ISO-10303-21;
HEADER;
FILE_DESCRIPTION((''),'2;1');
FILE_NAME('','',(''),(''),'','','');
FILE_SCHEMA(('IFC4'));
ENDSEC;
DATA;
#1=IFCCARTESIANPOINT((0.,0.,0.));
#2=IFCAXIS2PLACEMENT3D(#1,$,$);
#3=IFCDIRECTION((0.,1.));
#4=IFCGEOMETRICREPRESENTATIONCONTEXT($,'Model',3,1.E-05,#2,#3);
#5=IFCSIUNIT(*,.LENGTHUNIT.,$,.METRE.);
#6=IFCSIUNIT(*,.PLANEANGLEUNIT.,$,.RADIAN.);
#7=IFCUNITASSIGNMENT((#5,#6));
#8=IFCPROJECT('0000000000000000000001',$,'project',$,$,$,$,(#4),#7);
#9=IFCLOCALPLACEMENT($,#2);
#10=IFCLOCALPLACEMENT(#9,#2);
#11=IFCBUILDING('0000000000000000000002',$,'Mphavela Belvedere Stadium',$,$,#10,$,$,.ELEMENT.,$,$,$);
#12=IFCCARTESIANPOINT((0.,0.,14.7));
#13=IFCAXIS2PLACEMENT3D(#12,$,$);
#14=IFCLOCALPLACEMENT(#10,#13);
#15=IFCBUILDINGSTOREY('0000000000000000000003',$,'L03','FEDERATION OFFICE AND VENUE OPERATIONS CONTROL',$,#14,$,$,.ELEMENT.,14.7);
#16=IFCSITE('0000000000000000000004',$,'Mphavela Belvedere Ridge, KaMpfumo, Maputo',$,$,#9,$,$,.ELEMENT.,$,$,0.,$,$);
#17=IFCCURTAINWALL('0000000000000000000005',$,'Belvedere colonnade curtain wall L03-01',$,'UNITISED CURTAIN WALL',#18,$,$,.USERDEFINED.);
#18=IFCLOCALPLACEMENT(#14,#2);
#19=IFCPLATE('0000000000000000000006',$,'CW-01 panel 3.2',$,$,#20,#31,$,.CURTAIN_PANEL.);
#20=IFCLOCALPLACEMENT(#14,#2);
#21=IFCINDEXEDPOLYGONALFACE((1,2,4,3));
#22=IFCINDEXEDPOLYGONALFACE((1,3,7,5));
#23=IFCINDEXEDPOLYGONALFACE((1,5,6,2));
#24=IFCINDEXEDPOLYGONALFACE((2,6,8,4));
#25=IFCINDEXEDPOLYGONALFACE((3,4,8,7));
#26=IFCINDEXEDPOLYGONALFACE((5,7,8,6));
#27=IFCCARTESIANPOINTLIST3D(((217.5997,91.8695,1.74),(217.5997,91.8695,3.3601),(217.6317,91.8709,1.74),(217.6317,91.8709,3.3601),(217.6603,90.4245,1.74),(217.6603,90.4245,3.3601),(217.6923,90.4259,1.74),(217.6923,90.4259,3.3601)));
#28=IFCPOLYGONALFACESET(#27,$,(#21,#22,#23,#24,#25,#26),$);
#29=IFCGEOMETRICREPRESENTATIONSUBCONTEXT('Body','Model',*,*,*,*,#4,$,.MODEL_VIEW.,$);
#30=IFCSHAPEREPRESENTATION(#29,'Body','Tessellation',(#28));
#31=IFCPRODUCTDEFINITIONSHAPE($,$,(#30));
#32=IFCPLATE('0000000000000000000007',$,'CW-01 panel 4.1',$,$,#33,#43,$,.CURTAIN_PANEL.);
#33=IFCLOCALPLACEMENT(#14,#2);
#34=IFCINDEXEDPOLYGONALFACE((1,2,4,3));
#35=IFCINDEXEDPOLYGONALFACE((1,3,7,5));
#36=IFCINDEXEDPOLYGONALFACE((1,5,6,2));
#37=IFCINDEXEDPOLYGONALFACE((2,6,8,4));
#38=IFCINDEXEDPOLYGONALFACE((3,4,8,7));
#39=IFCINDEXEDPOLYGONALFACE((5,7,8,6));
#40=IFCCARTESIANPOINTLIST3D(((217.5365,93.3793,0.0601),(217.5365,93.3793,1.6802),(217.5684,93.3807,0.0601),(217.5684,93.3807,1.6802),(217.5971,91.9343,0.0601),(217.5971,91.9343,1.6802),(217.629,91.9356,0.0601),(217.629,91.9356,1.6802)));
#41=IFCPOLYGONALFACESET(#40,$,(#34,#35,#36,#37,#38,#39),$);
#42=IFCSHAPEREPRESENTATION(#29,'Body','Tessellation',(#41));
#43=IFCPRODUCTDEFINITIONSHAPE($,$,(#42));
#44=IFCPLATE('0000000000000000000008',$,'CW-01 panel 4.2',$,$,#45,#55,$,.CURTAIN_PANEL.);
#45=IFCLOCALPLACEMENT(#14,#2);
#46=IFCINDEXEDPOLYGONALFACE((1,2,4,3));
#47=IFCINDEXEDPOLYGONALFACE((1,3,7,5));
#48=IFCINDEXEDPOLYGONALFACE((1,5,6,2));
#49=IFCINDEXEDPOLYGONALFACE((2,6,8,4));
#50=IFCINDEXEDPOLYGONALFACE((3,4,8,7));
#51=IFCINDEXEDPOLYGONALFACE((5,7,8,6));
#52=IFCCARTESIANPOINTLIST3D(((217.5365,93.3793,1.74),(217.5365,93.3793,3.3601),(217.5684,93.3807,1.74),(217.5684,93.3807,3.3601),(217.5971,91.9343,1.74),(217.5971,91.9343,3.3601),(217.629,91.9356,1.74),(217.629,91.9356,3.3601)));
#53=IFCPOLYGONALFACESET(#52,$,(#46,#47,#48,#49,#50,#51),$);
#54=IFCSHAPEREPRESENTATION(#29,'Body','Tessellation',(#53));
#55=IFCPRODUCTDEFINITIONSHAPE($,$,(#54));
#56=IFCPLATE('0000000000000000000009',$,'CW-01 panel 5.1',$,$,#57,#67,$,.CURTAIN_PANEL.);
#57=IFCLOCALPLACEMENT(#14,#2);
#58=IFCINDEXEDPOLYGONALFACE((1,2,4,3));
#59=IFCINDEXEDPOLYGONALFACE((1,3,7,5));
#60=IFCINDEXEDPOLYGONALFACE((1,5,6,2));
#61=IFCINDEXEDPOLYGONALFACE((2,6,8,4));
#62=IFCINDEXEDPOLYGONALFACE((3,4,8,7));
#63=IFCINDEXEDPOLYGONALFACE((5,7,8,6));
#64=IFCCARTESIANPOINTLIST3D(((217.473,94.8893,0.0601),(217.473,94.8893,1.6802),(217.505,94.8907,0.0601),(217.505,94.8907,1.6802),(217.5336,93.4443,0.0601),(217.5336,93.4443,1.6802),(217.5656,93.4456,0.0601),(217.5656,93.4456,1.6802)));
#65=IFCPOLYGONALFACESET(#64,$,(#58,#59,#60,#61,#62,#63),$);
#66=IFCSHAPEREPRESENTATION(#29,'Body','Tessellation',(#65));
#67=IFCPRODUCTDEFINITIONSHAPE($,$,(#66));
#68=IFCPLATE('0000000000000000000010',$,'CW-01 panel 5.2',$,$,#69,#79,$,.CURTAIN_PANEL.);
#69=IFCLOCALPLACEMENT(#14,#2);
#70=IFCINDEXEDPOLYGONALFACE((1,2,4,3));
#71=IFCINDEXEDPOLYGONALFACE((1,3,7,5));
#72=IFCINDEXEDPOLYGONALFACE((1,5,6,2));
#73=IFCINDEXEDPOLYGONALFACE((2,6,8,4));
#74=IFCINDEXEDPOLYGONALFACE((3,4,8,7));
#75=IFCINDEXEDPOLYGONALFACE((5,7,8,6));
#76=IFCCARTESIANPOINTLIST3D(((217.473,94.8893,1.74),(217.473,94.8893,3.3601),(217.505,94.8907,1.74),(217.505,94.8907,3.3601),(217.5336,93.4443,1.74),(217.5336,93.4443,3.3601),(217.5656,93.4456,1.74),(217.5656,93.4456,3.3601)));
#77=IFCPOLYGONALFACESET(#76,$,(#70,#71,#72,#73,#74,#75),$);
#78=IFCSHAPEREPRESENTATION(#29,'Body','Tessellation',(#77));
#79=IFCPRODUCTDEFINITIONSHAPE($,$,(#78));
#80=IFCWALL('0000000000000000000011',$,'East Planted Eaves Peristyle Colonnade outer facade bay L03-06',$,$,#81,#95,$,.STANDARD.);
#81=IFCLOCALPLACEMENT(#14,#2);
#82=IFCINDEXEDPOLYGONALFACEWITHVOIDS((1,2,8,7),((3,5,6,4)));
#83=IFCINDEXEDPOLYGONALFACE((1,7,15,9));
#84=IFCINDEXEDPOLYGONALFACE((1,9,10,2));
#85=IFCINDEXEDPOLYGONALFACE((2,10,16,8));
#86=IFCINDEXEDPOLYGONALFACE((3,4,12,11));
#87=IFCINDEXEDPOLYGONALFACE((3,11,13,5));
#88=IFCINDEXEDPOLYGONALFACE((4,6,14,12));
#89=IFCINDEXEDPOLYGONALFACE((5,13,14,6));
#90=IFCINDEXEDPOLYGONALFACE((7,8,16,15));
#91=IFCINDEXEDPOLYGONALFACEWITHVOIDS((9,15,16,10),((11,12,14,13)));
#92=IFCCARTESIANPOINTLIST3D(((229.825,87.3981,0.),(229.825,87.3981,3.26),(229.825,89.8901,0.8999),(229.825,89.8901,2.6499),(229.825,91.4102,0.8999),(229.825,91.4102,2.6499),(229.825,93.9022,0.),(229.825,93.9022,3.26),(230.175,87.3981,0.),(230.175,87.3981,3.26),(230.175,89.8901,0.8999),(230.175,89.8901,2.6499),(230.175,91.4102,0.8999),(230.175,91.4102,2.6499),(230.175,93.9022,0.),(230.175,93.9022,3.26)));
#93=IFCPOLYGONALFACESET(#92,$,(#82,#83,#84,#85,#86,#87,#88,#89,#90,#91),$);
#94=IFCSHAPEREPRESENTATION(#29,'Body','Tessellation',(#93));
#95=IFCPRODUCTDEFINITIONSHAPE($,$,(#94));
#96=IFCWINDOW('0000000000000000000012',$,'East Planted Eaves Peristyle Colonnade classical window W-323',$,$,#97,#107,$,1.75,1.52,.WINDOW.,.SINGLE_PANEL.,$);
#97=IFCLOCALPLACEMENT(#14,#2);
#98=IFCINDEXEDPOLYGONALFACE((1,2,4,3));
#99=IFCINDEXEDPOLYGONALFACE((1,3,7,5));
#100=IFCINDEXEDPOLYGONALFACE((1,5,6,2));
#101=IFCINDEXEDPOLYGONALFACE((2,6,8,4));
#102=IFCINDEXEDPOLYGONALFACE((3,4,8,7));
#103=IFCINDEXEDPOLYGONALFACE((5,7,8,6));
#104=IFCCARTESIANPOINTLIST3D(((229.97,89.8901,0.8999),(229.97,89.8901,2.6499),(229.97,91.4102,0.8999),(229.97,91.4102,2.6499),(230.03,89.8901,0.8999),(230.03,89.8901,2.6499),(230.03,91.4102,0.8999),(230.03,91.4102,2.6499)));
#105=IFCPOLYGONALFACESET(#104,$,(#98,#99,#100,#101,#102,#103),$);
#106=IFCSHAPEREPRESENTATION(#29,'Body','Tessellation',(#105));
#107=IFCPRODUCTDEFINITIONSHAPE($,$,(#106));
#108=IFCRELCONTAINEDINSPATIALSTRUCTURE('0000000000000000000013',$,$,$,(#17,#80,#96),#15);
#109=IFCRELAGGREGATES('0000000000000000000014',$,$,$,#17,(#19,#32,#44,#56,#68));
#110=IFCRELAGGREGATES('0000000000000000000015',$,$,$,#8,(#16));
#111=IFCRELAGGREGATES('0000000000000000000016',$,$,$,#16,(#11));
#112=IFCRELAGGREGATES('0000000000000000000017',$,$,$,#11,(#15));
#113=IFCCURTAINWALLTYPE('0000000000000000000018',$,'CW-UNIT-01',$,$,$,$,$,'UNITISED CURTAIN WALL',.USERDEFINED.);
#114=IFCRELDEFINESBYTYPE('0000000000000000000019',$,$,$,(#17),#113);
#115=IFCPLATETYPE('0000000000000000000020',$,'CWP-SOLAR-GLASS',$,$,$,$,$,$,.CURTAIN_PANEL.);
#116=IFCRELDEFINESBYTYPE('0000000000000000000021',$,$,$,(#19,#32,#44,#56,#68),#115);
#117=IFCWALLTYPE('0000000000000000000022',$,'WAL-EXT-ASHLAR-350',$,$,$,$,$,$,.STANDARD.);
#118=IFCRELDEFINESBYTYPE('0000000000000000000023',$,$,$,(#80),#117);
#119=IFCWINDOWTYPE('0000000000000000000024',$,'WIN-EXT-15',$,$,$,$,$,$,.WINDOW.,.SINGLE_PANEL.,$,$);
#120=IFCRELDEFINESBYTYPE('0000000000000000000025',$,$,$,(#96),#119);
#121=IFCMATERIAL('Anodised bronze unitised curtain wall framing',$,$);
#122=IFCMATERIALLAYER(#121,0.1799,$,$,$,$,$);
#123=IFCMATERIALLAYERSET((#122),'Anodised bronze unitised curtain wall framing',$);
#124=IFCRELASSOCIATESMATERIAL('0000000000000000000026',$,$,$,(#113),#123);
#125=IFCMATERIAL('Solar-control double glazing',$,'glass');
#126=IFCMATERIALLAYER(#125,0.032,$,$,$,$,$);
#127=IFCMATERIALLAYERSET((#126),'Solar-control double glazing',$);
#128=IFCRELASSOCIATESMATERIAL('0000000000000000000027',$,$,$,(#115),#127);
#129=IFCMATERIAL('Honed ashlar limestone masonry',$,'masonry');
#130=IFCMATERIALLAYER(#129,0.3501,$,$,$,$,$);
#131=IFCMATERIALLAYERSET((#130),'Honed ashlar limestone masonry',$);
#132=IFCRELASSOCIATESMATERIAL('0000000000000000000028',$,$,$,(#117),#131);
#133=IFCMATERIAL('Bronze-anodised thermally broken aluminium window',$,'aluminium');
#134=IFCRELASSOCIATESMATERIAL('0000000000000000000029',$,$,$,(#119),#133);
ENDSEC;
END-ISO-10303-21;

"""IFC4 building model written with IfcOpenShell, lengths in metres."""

from ifc_helpers import new_model, si_unit, direction, frame, frame_2d, origin, origin_2d, place, context, subcontext, project, spatial, rectangle, extrude, material, layer, layer_set, type_object, element, fill, aggregate, save


model = new_model("IFC4")

# Units and contexts
model_context = context("Model", 3, precision=1e-05, world=origin(), true_north=direction((0.0, 1.0)))
body_context = subcontext(model_context, "Body", "Model", "MODEL_VIEW")
ifc_project = project(units=[si_unit("LENGTHUNIT", "METRE"), si_unit("PLANEANGLEUNIT", "RADIAN")], contexts=[model_context])

# Site, building, storey
site_placement = place(None, origin())
site = spatial("IfcSite", under=ifc_project, at=site_placement, Name="Mphavela Belvedere Ridge, KaMpfumo, Maputo", CompositionType="ELEMENT", RefElevation=0.0)
building_placement = place(site_placement, origin())
building = spatial("IfcBuilding", under=site, at=building_placement, Name="Mphavela Belvedere Stadium", CompositionType="ELEMENT")
storey_placement = place(building_placement, frame((0.0, 0.0, 14.7)))
storey = spatial("IfcBuildingStorey", under=building, at=storey_placement, Name="L03", Description="FEDERATION OFFICE AND VENUE OPERATIONS CONTROL", CompositionType="ELEMENT", Elevation=14.7)

# Curtain wall, plates
ifc_material_1 = material(Name="Anodised bronze unitised curtain wall framing")
ifc_layer_1 = layer(ifc_material_1, 0.1799)
ifc_layer_set_1 = layer_set([ifc_layer_1], Name="Anodised bronze unitised curtain wall framing")
curtain_wall_type = type_object("IfcCurtainWallType", Name="CW-UNIT-01", ElementType="UNITISED CURTAIN WALL", PredefinedType="USERDEFINED", material=ifc_layer_set_1)
curtain_wall_placement = place(storey_placement, origin())
curtain_wall = element("IfcCurtainWall", 1, at=curtain_wall_placement, inside=storey, type_object=curtain_wall_type, Name="Belvedere colonnade curtain wall L03-01", ObjectType="UNITISED CURTAIN WALL", PredefinedType="USERDEFINED")
ifc_material_2 = material(Name="Solar-control double glazing", Category="glass")
ifc_layer_2 = layer(ifc_material_2, 0.032)
ifc_layer_set_2 = layer_set([ifc_layer_2], Name="Solar-control double glazing")
plate_type = type_object("IfcPlateType", Name="CWP-SOLAR-GLASS", PredefinedType="CURTAIN_PANEL", material=ifc_layer_set_2)
plate_1_placement = place(storey_placement, frame((217.646, 91.1477, 1.74), z_axis=(0.0, 0.0, 1.0), x_axis=(-0.041911, 0.999121, 0.0)))
plate_1 = element("IfcPlate", 2, at=plate_1_placement, type_object=plate_type, Name="CW-01 panel 3.2", PredefinedType="CURTAIN_PANEL", context=body_context, shape_type="SweptSolid", body=[
    extrude(rectangle(XDim=1.4463, YDim=0.032, at=origin_2d()), origin(), (0.0, 0.0, 1.0), 1.6201),
])
plate_2_placement = place(storey_placement, frame((217.5828, 92.6575, 0.0601), z_axis=(0.0, 0.0, 1.0), x_axis=(-0.041911, 0.999121, 0.0)))
plate_2 = element("IfcPlate", 3, at=plate_2_placement, type_object=plate_type, Name="CW-01 panel 4.1", PredefinedType="CURTAIN_PANEL", context=body_context, shape_type="SweptSolid", body=[
    extrude(rectangle(XDim=1.4463, YDim=0.032, at=origin_2d()), origin(), (0.0, 0.0, 1.0), 1.6201),
])
plate_3_placement = place(storey_placement, frame((217.5828, 92.6575, 1.74), z_axis=(0.0, 0.0, 1.0), x_axis=(-0.041911, 0.999121, 0.0)))
plate_3 = element("IfcPlate", 4, at=plate_3_placement, type_object=plate_type, Name="CW-01 panel 4.2", PredefinedType="CURTAIN_PANEL", context=body_context, shape_type="SweptSolid", body=[
    extrude(rectangle(XDim=1.4463, YDim=0.032, at=origin_2d()), origin(), (0.0, 0.0, 1.0), 1.6201),
])
plate_4_placement = place(storey_placement, frame((217.5193, 94.1675, 0.0601), z_axis=(0.0, 0.0, 1.0), x_axis=(-0.041911, 0.999121, 0.0)))
plate_4 = element("IfcPlate", 5, at=plate_4_placement, type_object=plate_type, Name="CW-01 panel 5.1", PredefinedType="CURTAIN_PANEL", context=body_context, shape_type="SweptSolid", body=[
    extrude(rectangle(XDim=1.4463, YDim=0.032, at=origin_2d()), origin(), (0.0, 0.0, 1.0), 1.6201),
])
plate_5_placement = place(storey_placement, frame((217.5193, 94.1675, 1.74), z_axis=(0.0, 0.0, 1.0), x_axis=(-0.041911, 0.999121, 0.0)))
plate_5 = element("IfcPlate", 6, at=plate_5_placement, type_object=plate_type, Name="CW-01 panel 5.2", PredefinedType="CURTAIN_PANEL", context=body_context, shape_type="SweptSolid", body=[
    extrude(rectangle(XDim=1.4463, YDim=0.032, at=origin_2d()), origin(), (0.0, 0.0, 1.0), 1.6201),
])
aggregate(curtain_wall, [plate_1, plate_2, plate_3, plate_4, plate_5])

# Wall, opening, window
ifc_material_3 = material(Name="Honed ashlar limestone masonry", Category="masonry")
ifc_layer_3 = layer(ifc_material_3, 0.3501)
ifc_layer_set_3 = layer_set([ifc_layer_3], Name="Honed ashlar limestone masonry")
wall_type = type_object("IfcWallType", Name="WAL-EXT-ASHLAR-350", PredefinedType="STANDARD", material=ifc_layer_set_3)
wall_placement = place(storey_placement, frame((230.0, 93.9021, 0.0), z_axis=(0.0, 0.0, 1.0), x_axis=(0.0, -1.0, 0.0)))
wall = element("IfcWall", 7, at=wall_placement, inside=storey, type_object=wall_type, Name="East Planted Eaves Peristyle Colonnade outer facade bay L03-06", PredefinedType="STANDARD", context=body_context, shape_type="SweptSolid", body=[
    extrude(rectangle(XDim=6.5042, YDim=0.3501, at=frame_2d((3.252, 0.0))), origin(), (0.0, 0.0, 1.0), 3.26),
])
opening_placement = place(wall_placement, frame((2.4919, 0.0, 0.8999)))
opening = element("IfcOpeningElement", 8, at=opening_placement, cuts=wall, PredefinedType="OPENING", context=body_context, shape_type="SweptSolid", body=[
    extrude(rectangle(XDim=1.52, YDim=1.75, at=frame_2d((0.76, 0.875))), frame((0.0, 0.1851, 0.0), z_axis=(0.0, -1.0, 0.0), x_axis=(1.0, 0.0, 0.0)), (0.0, 0.0, 1.0), 0.3701),
])
ifc_material_4 = material(Name="Bronze-anodised thermally broken aluminium window", Category="aluminium")
window_type = type_object("IfcWindowType", Name="WIN-EXT-15", PartitioningType="SINGLE_PANEL", PredefinedType="WINDOW", material=ifc_material_4)
window_placement = place(opening_placement, origin())
window = element("IfcWindow", 9, at=window_placement, inside=storey, type_object=window_type, Name="East Planted Eaves Peristyle Colonnade classical window W-323", OverallHeight=1.75, OverallWidth=1.52, PartitioningType="SINGLE_PANEL", PredefinedType="WINDOW", context=body_context, shape_type="SweptSolid", body=[
    extrude(rectangle(XDim=1.52, YDim=1.75, at=frame_2d((0.76, 0.875))), frame((0.0, 0.03, 0.0), z_axis=(0.0, -1.0, 0.0), x_axis=(1.0, 0.0, 0.0)), (0.0, 0.0, 1.0), 0.0601),
])
fill(opening, window)

save(model, "model.ifc")
